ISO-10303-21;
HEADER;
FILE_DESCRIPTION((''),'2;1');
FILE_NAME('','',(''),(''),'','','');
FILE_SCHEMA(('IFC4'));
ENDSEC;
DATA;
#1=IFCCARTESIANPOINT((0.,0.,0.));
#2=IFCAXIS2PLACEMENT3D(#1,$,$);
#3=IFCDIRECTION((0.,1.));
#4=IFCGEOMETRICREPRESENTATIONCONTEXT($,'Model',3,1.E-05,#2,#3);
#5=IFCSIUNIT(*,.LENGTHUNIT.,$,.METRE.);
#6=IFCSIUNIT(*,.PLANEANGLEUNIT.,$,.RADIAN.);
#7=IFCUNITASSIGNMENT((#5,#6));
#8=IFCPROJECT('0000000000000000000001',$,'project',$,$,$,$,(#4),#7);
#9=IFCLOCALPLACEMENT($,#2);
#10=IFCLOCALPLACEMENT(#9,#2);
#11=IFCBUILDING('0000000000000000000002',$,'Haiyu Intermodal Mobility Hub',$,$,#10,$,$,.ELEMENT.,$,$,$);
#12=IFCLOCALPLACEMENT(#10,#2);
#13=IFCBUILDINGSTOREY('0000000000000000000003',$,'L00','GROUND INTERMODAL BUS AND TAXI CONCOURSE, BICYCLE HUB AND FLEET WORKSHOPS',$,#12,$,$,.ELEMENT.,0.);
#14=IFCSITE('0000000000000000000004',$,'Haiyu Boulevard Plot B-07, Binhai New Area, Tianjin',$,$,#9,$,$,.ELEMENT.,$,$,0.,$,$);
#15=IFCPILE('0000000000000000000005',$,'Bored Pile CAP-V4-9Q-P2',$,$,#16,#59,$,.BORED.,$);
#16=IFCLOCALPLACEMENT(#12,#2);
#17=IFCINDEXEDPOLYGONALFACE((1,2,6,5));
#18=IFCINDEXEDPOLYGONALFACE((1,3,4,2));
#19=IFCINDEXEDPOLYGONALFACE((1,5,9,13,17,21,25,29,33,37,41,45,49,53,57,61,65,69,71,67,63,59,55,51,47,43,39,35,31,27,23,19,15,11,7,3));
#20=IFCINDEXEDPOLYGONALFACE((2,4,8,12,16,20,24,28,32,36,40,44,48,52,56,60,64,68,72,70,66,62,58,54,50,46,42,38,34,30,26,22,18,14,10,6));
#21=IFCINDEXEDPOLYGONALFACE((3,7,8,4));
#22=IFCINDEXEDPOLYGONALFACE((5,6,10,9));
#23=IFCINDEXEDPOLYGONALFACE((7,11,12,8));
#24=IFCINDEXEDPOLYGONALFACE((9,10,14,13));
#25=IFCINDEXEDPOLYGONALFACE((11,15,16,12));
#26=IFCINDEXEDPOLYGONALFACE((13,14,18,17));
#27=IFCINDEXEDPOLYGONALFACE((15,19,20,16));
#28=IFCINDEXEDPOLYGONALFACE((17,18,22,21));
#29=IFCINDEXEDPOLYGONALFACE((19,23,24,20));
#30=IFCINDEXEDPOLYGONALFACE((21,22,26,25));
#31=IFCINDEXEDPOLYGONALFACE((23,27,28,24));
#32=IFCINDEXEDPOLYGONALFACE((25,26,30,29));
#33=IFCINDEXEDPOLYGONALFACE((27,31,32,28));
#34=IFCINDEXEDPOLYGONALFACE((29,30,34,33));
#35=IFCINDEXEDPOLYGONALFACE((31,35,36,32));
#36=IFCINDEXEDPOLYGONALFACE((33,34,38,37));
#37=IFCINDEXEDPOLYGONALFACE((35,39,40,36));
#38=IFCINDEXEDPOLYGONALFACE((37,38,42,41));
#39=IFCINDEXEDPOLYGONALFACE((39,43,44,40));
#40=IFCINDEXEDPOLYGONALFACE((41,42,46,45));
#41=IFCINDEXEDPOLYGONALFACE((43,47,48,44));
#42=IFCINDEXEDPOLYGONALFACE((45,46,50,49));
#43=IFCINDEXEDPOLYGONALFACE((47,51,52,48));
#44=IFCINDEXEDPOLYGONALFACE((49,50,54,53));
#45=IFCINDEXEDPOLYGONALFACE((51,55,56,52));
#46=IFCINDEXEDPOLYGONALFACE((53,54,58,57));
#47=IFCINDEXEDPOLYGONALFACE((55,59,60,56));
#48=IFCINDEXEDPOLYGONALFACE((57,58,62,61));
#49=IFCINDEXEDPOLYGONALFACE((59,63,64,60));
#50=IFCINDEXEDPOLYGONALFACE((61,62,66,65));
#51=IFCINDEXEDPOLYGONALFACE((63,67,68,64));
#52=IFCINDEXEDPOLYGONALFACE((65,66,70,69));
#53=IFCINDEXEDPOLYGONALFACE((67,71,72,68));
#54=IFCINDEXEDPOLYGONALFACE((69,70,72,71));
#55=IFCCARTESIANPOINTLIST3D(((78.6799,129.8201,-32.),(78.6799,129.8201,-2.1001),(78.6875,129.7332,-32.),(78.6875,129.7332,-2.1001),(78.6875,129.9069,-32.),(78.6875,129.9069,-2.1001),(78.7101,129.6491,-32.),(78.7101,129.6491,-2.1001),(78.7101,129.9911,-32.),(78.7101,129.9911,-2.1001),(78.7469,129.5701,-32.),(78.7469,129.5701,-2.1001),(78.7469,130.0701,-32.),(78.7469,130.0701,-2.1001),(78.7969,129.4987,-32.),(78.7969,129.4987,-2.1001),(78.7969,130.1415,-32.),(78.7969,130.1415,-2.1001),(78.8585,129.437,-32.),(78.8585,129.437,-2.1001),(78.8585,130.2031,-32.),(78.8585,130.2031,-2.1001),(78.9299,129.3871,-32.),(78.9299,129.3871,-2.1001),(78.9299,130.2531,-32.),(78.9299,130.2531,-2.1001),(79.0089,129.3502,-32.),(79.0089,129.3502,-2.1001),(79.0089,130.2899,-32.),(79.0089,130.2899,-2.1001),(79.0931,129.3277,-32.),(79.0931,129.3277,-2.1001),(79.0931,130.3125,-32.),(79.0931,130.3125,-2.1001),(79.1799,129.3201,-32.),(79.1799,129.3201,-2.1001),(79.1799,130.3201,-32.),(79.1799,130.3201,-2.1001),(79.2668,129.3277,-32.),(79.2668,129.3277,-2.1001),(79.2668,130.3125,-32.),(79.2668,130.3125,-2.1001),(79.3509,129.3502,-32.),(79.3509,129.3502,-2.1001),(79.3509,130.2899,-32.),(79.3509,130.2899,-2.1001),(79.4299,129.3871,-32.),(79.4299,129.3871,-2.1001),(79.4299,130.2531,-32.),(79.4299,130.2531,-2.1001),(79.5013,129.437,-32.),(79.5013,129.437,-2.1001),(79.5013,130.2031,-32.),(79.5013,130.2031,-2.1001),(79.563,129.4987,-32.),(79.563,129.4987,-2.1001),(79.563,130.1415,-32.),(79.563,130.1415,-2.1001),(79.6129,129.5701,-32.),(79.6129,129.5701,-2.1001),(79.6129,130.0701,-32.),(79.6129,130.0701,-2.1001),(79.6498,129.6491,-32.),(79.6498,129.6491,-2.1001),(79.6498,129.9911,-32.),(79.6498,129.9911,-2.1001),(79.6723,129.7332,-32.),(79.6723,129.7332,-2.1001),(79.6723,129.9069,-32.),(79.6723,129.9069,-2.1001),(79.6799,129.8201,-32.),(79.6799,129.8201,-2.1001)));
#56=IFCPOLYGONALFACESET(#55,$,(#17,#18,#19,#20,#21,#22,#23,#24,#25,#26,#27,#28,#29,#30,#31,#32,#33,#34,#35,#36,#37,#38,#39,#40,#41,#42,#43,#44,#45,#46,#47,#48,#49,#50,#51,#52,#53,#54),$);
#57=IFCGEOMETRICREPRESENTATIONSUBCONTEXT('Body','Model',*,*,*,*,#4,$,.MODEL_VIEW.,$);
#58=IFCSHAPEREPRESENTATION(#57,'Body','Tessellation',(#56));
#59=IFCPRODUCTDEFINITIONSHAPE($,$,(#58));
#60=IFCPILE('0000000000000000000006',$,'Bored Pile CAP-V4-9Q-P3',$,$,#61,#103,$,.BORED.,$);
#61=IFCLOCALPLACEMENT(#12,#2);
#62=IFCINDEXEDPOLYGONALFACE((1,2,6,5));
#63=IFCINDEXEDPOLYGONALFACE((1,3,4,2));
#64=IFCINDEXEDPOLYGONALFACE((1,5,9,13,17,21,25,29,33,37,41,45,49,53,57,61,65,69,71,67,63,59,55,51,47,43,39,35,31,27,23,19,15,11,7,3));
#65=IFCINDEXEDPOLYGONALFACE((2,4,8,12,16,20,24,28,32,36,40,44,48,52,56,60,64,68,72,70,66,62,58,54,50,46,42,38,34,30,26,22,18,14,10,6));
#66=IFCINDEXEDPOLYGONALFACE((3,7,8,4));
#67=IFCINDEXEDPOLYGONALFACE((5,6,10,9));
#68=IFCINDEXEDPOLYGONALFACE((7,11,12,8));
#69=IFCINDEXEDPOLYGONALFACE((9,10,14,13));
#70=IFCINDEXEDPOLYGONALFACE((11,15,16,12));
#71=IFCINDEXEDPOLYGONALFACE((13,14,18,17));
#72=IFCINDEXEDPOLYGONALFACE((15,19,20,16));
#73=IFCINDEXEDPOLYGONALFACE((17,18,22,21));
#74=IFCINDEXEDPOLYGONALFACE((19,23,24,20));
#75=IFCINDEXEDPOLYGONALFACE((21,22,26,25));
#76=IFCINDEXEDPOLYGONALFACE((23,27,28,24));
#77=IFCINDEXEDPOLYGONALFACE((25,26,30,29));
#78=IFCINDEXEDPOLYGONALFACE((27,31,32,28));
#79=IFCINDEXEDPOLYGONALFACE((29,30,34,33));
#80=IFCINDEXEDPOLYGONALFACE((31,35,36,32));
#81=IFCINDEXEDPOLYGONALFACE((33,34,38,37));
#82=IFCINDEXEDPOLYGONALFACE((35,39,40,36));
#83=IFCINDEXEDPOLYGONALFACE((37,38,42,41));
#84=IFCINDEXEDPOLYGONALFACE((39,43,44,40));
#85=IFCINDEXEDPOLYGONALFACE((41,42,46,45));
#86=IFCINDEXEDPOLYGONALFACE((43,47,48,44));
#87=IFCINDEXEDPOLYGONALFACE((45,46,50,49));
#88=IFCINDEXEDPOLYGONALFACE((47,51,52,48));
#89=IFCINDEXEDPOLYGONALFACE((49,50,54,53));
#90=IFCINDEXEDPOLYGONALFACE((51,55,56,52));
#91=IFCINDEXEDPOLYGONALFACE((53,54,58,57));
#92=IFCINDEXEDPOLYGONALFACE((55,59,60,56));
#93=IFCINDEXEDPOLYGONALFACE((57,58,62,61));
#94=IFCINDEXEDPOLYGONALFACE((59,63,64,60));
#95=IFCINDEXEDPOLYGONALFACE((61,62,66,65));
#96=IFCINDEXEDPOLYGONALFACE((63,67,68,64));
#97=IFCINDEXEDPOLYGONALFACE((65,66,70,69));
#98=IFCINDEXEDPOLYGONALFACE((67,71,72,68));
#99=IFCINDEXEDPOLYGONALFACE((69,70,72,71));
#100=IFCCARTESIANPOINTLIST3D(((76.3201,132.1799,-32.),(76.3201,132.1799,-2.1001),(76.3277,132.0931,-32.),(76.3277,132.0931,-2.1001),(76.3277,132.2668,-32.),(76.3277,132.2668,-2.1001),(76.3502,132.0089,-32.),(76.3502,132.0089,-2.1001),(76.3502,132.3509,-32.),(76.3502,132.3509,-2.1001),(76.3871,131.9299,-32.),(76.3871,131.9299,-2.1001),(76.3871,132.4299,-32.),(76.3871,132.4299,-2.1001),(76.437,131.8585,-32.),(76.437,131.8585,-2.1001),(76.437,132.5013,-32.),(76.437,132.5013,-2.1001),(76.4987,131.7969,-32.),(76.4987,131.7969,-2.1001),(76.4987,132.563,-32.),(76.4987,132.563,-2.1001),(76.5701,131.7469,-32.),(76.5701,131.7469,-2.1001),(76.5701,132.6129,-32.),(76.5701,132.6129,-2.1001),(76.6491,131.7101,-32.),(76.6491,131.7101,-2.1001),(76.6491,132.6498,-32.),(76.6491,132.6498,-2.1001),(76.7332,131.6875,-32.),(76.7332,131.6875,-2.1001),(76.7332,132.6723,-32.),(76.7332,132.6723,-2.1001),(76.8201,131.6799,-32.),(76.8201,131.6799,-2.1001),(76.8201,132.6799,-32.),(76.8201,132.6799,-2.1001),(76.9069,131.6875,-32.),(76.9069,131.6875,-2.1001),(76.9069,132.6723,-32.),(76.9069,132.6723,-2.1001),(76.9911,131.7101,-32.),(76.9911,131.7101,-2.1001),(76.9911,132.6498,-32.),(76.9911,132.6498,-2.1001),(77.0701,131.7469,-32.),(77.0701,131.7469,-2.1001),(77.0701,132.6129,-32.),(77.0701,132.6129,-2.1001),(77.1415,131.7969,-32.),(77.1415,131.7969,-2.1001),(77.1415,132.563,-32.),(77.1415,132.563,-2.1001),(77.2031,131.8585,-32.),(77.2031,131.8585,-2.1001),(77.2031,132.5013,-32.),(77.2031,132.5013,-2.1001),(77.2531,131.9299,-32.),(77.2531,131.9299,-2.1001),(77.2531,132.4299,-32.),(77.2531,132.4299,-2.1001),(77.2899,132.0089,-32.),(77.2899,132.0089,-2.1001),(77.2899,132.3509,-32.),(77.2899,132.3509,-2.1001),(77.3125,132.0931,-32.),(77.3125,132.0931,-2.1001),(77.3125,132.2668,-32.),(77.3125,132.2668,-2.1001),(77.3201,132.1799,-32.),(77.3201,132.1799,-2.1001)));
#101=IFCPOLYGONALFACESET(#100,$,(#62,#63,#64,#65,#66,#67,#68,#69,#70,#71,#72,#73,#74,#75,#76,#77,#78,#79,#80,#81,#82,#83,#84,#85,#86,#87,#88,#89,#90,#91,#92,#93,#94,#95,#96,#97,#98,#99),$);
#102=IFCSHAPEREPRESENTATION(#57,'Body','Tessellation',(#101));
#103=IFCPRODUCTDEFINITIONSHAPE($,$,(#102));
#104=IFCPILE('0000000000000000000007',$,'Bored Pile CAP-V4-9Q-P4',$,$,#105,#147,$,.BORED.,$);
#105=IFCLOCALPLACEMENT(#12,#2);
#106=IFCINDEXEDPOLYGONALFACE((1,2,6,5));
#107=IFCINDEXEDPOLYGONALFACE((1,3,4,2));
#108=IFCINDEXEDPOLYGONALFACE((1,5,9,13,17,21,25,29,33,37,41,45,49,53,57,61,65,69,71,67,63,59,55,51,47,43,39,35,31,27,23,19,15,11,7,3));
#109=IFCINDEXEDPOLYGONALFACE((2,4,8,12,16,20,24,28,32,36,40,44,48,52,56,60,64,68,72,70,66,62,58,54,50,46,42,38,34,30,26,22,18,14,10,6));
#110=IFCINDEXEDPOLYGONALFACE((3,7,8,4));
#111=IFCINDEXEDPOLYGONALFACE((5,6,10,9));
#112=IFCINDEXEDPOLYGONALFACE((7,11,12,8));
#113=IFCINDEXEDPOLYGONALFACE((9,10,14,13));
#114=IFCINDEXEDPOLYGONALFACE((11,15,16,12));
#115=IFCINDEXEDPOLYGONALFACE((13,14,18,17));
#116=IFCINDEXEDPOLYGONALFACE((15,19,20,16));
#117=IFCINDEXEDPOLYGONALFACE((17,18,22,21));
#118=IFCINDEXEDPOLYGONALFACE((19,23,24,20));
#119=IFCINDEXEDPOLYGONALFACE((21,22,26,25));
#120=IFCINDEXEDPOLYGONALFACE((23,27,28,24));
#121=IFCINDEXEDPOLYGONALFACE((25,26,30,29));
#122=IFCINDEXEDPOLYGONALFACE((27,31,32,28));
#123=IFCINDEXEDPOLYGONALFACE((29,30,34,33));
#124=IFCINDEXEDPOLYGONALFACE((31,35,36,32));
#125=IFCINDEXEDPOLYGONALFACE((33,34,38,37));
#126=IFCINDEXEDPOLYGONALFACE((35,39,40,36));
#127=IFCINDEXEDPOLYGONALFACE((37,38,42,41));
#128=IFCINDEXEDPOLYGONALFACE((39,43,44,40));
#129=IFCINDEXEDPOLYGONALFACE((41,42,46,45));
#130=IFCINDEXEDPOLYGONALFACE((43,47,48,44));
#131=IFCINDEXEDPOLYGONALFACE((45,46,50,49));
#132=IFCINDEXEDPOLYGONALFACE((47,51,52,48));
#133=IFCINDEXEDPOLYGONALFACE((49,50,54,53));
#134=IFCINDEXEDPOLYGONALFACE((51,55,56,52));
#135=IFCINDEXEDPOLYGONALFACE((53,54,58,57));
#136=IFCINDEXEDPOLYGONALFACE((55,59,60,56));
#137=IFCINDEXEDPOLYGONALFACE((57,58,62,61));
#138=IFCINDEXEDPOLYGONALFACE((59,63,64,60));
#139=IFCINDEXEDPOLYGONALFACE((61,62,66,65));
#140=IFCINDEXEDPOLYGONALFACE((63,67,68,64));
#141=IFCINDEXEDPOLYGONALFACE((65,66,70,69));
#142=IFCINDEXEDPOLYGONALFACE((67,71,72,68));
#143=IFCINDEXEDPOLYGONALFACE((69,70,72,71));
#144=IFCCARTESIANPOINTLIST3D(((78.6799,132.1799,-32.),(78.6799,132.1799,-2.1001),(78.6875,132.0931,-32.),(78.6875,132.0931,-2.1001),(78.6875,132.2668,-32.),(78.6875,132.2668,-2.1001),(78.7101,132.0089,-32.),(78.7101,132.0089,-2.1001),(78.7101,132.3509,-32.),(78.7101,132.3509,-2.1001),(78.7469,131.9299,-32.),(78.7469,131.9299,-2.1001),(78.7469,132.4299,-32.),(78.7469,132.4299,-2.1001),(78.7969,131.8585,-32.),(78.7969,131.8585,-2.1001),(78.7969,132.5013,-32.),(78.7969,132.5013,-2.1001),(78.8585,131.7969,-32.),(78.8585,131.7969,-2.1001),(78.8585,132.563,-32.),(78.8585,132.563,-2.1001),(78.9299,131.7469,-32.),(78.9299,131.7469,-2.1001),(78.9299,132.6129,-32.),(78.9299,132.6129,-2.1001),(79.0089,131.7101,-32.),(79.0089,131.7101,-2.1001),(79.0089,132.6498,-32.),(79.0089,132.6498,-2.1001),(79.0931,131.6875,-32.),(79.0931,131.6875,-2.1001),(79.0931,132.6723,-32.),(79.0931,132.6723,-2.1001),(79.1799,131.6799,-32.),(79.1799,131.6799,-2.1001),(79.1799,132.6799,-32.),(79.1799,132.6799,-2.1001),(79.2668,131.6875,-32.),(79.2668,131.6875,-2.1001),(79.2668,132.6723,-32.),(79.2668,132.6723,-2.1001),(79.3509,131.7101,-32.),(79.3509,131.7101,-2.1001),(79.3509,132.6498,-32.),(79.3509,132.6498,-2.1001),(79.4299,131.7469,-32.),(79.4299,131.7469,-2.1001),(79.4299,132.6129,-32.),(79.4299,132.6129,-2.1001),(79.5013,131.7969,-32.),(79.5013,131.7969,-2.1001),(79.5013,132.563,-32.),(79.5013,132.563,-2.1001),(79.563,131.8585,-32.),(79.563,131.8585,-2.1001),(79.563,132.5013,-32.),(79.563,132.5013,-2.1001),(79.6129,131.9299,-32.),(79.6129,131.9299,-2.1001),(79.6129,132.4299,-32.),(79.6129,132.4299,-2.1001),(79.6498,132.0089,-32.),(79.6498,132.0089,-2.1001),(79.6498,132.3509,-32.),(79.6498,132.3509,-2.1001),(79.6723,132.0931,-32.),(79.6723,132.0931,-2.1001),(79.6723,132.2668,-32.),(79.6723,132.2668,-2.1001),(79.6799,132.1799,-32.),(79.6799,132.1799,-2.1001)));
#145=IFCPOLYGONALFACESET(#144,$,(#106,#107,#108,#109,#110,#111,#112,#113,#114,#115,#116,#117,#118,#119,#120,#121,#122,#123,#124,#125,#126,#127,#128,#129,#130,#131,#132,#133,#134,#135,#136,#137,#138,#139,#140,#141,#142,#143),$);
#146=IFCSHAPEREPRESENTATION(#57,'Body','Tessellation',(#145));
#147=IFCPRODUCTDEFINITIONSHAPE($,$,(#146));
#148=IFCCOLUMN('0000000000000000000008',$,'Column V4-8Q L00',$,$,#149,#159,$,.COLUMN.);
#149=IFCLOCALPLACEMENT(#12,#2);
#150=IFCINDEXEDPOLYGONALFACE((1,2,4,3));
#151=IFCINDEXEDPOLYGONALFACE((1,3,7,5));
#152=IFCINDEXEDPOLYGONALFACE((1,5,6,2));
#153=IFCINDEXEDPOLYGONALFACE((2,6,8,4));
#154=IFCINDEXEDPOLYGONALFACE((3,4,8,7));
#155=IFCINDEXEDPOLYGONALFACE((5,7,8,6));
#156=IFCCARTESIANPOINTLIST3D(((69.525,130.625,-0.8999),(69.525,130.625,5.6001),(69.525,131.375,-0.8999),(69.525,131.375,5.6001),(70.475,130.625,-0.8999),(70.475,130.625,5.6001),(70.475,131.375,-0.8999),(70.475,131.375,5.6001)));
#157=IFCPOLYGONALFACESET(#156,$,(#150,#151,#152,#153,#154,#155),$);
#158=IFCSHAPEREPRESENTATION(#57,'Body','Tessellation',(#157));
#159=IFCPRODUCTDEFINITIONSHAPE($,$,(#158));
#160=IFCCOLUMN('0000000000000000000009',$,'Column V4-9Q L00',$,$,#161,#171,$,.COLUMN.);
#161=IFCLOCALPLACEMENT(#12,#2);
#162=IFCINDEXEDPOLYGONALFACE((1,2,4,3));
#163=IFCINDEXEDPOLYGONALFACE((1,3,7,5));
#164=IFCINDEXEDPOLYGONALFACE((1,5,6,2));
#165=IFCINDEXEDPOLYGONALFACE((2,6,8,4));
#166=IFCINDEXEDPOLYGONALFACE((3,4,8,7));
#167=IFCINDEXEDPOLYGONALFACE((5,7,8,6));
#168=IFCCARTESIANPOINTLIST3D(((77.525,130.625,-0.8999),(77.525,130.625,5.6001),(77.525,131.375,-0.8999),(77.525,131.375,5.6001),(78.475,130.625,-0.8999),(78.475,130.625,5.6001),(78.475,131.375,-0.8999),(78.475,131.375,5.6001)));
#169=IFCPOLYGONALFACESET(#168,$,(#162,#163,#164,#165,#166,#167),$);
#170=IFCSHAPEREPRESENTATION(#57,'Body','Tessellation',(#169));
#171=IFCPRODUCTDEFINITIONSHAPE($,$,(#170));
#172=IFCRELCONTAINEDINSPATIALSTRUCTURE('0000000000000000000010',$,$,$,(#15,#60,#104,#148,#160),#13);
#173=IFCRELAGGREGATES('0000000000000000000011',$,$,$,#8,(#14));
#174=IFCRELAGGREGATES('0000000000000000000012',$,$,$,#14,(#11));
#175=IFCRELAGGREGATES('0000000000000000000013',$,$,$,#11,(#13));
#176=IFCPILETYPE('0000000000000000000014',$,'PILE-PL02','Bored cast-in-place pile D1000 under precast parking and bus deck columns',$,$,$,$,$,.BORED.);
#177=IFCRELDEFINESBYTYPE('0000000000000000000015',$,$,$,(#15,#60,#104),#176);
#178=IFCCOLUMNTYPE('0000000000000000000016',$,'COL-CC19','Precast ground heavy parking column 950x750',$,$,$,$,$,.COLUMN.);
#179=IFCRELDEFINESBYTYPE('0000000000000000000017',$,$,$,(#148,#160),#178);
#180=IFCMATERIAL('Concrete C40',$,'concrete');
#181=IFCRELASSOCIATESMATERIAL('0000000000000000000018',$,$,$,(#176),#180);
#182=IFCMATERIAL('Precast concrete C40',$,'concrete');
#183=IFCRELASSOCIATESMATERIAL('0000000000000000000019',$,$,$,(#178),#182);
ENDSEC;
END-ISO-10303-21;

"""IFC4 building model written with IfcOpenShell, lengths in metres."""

from ifc_helpers import new_model, si_unit, direction, frame, origin, origin_2d, place, context, subcontext, project, spatial, rectangle, circle, extrude, material, material_profile, profile_set, type_object, element, save


model = new_model("IFC4")

# Units and contexts
model_context = context("Model", 3, precision=1e-05, world=origin(), true_north=direction((0.0, 1.0)))
body_context = subcontext(model_context, "Body", "Model", "MODEL_VIEW")
ifc_project = project(units=[si_unit("LENGTHUNIT", "METRE"), si_unit("PLANEANGLEUNIT", "RADIAN")], contexts=[model_context])

# Site, building, storey
site_placement = place(None, origin())
site = spatial("IfcSite", under=ifc_project, at=site_placement, Name="Haiyu Boulevard Plot B-07, Binhai New Area, Tianjin", CompositionType="ELEMENT", RefElevation=0.0)
building_placement = place(site_placement, origin())
building = spatial("IfcBuilding", under=site, at=building_placement, Name="Haiyu Intermodal Mobility Hub", CompositionType="ELEMENT")
storey_placement = place(building_placement, origin())
storey = spatial("IfcBuildingStorey", under=building, at=storey_placement, Name="L00", Description="GROUND INTERMODAL BUS AND TAXI CONCOURSE, BICYCLE HUB AND FLEET WORKSHOPS", CompositionType="ELEMENT", Elevation=0.0)

# Shared definitions
ifc_material_1 = material(Name="Concrete C40", Category="concrete")

# Piles
ifc_material_profile_1 = material_profile(ifc_material_1, circle(Radius=0.5, at=origin_2d()), Name="PILE-D1000")
ifc_profile_set_1 = profile_set([ifc_material_profile_1], Name="Concrete C40")
pile_type = type_object("IfcPileType", Name="PILE-PL02", Description="Bored cast-in-place pile D1000 under precast parking and bus deck columns", PredefinedType="BORED", material=ifc_profile_set_1)
for number, where, z_axis, x_axis, name in (
    (1, (79.1799, 129.8201, -2.1001), (0.0, 0.0, -1.0), (1.0, 0.0, 0.0), "Bored Pile CAP-V4-9Q-P2"),
    (2, (76.8201, 132.1799, -2.1001), (0.0, 0.0, -1.0), (1.0, 0.0, 0.0), "Bored Pile CAP-V4-9Q-P3"),
    (3, (79.1799, 132.1799, -2.1001), (0.0, 0.0, -1.0), (1.0, 0.0, 0.0), "Bored Pile CAP-V4-9Q-P4"),
):
    element("IfcPile", number, at=place(storey_placement, frame(where, z_axis=z_axis, x_axis=x_axis)), inside=storey, type_object=pile_type, Name=name, PredefinedType="BORED", context=body_context, shape_type="SweptSolid", body=[
        extrude(circle(Radius=0.5, at=origin_2d()), origin(), (0.0, 0.0, 1.0), 29.8999),
    ])

# Columns
ifc_material_2 = material(Name="Precast concrete C40", Category="concrete")
ifc_material_profile_2 = material_profile(ifc_material_2, rectangle(XDim=0.95, YDim=0.75, at=origin_2d()), Name="C950x750")
ifc_profile_set_2 = profile_set([ifc_material_profile_2], Name="Precast concrete C40")
column_type = type_object("IfcColumnType", Name="COL-CC19", Description="Precast ground heavy parking column 950x750", PredefinedType="COLUMN", material=ifc_profile_set_2)
for number, where, z_axis, x_axis, name in (
    (4, (70.0, 131.0, -0.8999), (0.0, 0.0, 1.0), (1.0, 0.0, 0.0), "Column V4-8Q L00"),
    (5, (78.0, 131.0, -0.8999), (0.0, 0.0, 1.0), (1.0, 0.0, 0.0), "Column V4-9Q L00"),
):
    element("IfcColumn", number, at=place(storey_placement, frame(where, z_axis=z_axis, x_axis=x_axis)), inside=storey, type_object=column_type, Name=name, PredefinedType="COLUMN", context=body_context, shape_type="SweptSolid", body=[
        extrude(rectangle(XDim=0.95, YDim=0.75, at=origin_2d()), origin(), (0.0, 0.0, 1.0), 6.5),
    ])

save(model, "model.ifc")
